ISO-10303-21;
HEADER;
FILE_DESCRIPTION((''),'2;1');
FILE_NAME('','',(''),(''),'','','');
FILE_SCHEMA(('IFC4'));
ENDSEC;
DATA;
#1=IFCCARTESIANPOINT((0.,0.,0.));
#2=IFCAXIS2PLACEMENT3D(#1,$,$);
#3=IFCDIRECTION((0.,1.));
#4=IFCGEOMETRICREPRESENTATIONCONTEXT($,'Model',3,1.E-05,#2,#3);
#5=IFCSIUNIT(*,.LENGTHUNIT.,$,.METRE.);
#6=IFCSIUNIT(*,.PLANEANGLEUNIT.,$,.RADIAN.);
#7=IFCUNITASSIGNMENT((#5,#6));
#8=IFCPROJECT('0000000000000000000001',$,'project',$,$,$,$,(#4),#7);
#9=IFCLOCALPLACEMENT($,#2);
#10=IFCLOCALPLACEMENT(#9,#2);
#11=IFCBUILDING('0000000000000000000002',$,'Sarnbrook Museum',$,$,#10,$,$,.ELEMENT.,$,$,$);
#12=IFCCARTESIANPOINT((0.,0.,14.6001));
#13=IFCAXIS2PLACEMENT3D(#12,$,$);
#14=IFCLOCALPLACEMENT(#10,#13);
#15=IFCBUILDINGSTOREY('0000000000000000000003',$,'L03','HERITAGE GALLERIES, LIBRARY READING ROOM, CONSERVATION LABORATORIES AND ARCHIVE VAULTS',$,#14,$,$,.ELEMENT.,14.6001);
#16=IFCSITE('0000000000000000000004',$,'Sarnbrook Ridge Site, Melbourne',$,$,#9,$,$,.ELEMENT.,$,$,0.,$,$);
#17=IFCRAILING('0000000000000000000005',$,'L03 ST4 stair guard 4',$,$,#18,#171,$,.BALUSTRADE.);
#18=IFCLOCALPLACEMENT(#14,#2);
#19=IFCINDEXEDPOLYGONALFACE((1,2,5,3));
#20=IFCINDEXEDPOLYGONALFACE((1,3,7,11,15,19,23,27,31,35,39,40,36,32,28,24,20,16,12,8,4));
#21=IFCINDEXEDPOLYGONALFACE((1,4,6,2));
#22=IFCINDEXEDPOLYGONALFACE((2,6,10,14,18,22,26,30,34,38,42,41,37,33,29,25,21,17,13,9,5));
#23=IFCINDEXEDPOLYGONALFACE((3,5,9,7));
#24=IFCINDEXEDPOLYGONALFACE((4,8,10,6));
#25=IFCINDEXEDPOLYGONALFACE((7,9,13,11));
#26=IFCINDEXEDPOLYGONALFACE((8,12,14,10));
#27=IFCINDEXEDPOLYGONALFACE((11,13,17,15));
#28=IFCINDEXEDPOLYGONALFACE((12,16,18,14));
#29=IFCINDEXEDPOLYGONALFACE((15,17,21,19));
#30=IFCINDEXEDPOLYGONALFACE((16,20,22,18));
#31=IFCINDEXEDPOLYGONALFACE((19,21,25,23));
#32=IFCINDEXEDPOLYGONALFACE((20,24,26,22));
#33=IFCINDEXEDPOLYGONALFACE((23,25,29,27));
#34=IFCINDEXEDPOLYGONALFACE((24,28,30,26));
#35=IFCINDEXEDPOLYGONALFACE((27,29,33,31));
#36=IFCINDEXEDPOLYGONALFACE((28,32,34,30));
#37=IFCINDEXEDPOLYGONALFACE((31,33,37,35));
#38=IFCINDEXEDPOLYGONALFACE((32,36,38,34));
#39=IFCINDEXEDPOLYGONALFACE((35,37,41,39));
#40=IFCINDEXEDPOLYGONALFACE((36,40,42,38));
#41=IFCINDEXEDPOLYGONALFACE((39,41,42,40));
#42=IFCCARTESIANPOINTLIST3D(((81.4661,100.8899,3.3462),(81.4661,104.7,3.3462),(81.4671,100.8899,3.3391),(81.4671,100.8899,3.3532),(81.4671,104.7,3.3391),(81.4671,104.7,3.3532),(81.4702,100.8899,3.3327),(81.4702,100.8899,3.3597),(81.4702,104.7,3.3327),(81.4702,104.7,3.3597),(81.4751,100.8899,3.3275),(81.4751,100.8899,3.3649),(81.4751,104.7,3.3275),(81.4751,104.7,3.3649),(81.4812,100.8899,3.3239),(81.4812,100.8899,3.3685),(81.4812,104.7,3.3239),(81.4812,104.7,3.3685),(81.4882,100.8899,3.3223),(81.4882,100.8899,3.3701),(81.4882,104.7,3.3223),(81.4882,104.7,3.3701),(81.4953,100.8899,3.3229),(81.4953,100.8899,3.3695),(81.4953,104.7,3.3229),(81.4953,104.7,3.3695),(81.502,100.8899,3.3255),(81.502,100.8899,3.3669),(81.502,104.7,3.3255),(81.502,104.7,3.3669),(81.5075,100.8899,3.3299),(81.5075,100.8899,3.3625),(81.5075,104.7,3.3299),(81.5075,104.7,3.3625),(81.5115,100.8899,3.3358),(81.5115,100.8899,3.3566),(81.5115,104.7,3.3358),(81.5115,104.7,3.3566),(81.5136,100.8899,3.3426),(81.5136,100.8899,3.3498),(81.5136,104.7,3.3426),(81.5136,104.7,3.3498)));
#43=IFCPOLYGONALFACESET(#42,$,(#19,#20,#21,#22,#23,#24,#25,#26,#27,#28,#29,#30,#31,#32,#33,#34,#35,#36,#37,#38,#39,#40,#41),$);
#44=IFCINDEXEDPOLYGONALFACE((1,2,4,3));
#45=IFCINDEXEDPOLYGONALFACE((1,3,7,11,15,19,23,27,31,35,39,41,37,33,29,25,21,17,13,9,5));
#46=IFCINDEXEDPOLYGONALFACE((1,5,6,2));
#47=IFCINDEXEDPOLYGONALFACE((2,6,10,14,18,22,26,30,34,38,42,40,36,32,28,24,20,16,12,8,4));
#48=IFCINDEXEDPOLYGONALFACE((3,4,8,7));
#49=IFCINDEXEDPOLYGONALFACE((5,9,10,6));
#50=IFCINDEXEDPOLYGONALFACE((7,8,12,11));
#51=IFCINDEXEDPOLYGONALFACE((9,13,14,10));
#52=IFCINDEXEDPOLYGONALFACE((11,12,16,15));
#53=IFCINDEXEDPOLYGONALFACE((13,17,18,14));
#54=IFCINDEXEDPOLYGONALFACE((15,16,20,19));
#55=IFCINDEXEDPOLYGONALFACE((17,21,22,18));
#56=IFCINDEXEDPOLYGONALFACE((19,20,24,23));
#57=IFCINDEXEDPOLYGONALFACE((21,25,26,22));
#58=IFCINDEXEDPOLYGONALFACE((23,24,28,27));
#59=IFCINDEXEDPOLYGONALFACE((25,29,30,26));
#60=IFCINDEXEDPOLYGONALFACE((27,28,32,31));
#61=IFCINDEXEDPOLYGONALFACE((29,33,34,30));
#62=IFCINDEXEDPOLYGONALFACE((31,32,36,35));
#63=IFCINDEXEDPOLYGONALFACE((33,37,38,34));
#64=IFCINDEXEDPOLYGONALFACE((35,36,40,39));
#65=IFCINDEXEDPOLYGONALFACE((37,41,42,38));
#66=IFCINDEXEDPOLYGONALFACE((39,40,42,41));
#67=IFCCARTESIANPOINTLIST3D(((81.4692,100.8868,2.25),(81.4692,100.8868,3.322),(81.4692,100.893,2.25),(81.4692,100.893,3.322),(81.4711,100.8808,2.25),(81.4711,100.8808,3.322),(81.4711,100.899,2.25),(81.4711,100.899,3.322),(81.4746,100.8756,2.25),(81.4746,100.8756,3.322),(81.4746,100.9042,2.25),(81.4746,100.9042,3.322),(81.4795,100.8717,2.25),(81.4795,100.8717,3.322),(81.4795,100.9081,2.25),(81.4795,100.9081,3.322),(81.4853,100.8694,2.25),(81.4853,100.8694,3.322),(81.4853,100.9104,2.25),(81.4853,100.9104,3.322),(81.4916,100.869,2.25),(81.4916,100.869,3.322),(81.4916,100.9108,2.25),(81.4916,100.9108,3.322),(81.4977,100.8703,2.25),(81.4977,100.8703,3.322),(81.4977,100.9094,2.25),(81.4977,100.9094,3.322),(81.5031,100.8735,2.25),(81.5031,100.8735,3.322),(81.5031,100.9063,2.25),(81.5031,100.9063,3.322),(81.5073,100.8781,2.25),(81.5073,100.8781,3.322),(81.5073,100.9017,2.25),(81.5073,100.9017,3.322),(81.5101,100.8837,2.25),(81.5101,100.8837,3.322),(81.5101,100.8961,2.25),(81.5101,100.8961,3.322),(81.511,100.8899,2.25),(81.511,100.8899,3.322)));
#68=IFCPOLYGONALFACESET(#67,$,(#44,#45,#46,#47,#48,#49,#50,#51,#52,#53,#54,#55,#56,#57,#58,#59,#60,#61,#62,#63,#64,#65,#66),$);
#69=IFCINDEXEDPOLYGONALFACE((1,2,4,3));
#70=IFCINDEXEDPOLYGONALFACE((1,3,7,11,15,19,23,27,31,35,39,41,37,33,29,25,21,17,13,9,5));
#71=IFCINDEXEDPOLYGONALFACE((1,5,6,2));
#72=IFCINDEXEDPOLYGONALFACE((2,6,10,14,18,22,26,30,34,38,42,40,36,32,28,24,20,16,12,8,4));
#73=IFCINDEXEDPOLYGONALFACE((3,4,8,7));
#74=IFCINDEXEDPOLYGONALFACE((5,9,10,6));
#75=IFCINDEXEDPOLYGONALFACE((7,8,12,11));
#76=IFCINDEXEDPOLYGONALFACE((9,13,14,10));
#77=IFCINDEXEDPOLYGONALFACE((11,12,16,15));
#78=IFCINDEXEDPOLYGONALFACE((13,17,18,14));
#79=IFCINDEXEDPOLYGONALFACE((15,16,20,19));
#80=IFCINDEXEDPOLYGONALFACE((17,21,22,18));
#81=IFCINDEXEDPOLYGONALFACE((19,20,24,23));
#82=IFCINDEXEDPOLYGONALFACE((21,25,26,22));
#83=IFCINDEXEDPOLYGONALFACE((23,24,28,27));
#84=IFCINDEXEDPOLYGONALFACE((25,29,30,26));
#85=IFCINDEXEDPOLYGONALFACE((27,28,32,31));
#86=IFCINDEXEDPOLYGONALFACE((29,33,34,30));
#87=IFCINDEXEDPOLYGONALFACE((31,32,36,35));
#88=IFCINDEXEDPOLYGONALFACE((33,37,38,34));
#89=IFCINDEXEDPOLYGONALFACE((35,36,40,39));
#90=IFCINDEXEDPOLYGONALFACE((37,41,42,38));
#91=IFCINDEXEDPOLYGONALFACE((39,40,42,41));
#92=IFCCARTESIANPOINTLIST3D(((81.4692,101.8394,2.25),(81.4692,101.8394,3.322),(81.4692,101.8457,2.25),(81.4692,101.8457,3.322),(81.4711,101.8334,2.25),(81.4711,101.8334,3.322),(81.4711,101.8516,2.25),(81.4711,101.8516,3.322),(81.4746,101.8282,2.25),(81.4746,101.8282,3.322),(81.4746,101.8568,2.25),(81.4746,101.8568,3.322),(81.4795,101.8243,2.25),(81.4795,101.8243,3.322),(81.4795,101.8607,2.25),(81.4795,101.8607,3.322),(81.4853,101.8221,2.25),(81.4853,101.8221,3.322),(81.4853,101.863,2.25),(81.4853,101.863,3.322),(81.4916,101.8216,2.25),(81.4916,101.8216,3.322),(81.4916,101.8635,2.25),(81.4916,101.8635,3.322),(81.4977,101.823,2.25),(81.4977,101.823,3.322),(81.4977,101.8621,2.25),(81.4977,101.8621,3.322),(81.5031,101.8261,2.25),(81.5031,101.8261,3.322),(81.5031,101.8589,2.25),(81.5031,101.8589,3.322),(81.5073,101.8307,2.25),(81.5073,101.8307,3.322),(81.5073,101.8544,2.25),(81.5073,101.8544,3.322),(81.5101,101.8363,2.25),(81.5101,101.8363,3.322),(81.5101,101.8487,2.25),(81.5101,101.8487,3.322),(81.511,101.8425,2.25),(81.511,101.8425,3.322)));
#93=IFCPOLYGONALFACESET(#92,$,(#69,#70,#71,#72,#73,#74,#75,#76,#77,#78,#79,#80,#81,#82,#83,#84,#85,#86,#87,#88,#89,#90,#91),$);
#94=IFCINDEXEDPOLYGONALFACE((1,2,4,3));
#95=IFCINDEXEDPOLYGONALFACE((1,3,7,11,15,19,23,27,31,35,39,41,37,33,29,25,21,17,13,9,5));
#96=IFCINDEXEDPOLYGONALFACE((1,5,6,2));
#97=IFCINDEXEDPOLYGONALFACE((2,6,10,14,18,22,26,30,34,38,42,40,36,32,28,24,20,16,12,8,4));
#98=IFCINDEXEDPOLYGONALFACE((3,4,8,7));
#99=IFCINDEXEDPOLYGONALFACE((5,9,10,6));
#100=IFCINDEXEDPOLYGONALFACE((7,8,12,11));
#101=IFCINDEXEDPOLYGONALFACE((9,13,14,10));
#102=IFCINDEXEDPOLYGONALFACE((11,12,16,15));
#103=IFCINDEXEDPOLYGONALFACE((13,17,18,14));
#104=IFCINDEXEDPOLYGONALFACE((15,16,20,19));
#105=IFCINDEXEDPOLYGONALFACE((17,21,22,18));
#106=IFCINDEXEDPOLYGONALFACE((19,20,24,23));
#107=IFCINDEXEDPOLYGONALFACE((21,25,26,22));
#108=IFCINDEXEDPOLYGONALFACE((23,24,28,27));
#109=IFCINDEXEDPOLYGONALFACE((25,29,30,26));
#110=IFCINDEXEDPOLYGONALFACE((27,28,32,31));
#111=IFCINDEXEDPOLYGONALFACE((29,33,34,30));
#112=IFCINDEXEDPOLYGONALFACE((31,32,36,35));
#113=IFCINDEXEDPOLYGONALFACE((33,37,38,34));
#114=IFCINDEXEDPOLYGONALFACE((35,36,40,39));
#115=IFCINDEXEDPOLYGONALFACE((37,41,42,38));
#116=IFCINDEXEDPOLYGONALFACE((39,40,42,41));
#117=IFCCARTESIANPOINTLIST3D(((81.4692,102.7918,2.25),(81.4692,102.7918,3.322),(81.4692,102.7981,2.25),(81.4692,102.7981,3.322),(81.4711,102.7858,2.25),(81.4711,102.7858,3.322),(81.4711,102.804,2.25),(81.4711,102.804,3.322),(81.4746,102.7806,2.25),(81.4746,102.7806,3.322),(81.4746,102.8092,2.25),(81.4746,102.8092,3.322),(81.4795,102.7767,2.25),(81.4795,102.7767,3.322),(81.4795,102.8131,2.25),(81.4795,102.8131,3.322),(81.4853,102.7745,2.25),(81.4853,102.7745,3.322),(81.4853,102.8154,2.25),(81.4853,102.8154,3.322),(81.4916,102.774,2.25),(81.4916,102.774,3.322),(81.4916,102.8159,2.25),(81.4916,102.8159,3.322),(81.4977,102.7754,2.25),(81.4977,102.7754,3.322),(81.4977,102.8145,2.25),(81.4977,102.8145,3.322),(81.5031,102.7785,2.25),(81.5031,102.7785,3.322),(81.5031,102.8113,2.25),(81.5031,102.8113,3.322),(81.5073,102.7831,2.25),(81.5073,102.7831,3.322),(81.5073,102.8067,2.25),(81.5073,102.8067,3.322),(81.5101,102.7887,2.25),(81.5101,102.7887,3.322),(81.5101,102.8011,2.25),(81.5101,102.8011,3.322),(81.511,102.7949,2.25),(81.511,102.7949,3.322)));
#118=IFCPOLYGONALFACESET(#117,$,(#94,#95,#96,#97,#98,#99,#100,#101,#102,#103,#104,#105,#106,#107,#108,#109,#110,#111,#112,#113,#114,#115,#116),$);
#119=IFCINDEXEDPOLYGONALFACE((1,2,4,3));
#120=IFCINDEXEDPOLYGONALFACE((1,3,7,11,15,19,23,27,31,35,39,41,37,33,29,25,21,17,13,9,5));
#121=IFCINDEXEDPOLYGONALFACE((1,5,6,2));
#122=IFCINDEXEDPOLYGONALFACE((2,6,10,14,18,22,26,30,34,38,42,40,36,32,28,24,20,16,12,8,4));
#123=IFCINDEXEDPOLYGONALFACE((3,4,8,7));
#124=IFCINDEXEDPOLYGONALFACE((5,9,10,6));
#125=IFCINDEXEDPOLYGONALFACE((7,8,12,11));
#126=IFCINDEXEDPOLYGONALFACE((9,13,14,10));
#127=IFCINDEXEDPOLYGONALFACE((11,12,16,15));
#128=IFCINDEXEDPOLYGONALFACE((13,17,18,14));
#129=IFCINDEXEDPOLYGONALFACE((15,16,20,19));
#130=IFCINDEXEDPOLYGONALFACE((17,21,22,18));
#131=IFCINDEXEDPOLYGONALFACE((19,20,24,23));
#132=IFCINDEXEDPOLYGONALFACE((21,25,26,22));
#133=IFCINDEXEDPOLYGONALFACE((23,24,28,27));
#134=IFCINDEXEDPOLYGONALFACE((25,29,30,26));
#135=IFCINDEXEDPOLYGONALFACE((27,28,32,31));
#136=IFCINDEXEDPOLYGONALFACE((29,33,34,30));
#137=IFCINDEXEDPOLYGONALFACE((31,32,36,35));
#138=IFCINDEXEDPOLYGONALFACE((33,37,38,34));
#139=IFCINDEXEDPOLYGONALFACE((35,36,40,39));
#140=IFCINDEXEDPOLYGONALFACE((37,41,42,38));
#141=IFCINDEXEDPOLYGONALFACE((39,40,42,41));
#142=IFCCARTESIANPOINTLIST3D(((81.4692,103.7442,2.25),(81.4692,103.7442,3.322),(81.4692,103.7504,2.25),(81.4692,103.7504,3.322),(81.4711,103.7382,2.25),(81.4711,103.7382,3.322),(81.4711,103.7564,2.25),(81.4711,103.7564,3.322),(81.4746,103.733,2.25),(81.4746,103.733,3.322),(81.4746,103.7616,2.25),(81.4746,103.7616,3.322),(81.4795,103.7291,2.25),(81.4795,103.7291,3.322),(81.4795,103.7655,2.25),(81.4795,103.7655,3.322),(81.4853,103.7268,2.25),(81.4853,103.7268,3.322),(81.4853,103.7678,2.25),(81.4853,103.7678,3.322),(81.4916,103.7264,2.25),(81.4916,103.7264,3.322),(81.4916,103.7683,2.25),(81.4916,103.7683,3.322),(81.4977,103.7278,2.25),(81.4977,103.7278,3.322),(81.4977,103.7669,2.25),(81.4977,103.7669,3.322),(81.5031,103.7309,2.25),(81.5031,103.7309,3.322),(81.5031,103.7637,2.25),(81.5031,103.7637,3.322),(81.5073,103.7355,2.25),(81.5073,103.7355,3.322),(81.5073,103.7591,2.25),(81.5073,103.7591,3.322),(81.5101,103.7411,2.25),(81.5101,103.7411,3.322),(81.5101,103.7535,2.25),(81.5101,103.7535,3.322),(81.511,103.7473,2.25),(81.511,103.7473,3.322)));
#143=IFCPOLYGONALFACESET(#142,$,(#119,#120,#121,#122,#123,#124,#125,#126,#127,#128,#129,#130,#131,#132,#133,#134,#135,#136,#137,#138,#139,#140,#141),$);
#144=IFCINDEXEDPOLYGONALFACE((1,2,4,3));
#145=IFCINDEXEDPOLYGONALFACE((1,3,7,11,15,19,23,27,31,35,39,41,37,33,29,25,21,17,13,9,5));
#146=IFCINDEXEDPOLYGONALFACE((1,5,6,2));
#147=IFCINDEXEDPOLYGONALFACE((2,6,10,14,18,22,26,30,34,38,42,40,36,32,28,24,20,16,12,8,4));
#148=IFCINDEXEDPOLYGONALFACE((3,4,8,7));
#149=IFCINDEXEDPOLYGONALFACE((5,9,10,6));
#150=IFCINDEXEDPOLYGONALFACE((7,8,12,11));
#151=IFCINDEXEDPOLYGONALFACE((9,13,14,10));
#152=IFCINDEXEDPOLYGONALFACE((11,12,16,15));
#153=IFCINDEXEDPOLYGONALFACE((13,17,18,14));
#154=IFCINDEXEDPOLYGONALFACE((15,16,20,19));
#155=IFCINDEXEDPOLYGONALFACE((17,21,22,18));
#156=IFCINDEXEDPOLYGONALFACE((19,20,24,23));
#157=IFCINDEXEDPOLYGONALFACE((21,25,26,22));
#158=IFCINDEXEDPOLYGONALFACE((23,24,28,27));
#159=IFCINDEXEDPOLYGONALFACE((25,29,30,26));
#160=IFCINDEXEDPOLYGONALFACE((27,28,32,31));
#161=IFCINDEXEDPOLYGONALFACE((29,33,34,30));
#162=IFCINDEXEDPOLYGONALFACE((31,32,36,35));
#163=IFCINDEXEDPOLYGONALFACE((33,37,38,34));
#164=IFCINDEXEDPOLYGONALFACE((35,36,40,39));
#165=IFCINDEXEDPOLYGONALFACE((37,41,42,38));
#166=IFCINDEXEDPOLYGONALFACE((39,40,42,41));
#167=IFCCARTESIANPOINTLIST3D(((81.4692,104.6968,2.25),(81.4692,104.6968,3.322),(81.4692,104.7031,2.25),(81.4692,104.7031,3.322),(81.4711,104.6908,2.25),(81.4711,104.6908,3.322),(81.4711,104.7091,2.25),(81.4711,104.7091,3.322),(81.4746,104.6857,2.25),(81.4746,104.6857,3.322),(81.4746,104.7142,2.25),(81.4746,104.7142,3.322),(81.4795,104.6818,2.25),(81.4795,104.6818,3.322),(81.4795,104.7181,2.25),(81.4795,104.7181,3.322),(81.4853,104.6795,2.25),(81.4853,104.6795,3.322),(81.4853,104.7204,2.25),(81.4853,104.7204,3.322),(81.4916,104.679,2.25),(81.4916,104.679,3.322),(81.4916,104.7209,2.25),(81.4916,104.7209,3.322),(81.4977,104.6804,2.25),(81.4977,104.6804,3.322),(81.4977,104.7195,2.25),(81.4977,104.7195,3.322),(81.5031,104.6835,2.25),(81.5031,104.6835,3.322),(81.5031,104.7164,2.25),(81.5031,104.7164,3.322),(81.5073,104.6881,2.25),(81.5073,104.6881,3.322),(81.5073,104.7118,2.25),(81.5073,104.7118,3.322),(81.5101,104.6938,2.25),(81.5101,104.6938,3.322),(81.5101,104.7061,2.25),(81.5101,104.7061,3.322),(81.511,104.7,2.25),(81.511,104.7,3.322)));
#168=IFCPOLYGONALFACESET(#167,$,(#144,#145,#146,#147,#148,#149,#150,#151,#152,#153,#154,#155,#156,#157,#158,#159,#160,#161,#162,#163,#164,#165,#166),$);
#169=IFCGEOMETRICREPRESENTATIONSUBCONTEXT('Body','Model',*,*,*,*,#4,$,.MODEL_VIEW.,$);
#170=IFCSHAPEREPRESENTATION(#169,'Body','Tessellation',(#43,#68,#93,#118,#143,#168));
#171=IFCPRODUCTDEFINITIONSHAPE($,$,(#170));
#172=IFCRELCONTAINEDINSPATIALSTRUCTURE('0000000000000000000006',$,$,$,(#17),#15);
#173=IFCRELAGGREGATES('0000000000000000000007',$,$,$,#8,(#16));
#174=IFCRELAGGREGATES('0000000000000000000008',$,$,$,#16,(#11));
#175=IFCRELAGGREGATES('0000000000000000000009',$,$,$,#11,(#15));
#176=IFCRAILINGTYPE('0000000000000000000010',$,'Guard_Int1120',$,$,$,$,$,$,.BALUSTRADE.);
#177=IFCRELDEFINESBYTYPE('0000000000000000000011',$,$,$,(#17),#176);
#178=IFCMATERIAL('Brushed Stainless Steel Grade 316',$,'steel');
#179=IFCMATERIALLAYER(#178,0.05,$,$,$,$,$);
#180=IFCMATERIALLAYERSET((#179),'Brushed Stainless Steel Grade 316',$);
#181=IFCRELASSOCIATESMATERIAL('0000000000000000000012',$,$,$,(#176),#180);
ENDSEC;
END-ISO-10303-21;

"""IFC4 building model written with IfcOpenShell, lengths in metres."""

from ifc_helpers import new_model, si_unit, direction, frame, origin, origin_2d, place, context, subcontext, project, spatial, circle, extrude, material, layer, layer_set, type_object, element, save


model = new_model("IFC4")

# Units and contexts
model_context = context("Model", 3, precision=1e-05, world=origin(), true_north=direction((0.0, 1.0)))
body_context = subcontext(model_context, "Body", "Model", "MODEL_VIEW")
ifc_project = project(units=[si_unit("LENGTHUNIT", "METRE"), si_unit("PLANEANGLEUNIT", "RADIAN")], contexts=[model_context])

# Site, building, storey
site_placement = place(None, origin())
site = spatial("IfcSite", under=ifc_project, at=site_placement, Name="Sarnbrook Ridge Site, Melbourne", CompositionType="ELEMENT", RefElevation=0.0)
building_placement = place(site_placement, origin())
building = spatial("IfcBuilding", under=site, at=building_placement, Name="Sarnbrook Museum", CompositionType="ELEMENT")
storey_placement = place(building_placement, frame((0.0, 0.0, 14.6001)))
storey = spatial("IfcBuildingStorey", under=building, at=storey_placement, Name="L03", Description="HERITAGE GALLERIES, LIBRARY READING ROOM, CONSERVATION LABORATORIES AND ARCHIVE VAULTS", CompositionType="ELEMENT", Elevation=14.6001)

# Shared definitions
ifc_material_1 = material(Name="Brushed Stainless Steel Grade 316", Category="steel")

# Railing
ifc_layer_1 = layer(ifc_material_1, 0.05)
ifc_layer_set_1 = layer_set([ifc_layer_1], Name="Brushed Stainless Steel Grade 316")
railing_type_1 = type_object("IfcRailingType", Name="Guard_Int1120", PredefinedType="BALUSTRADE", material=ifc_layer_set_1)
for number, where, name in (
    (1, (81.49, 100.8899, 2.25), "L03 ST4 stair guard 4"),
):
    element("IfcRailing", number, at=place(storey_placement, frame(where)), inside=storey, type_object=railing_type_1, Name=name, PredefinedType="BALUSTRADE", context=body_context, shape_type="SweptSolid", body=[
        extrude(circle(Radius=0.0239, at=origin_2d()), frame((0.0, 0.0, 1.0962), z_axis=(0.0, 1.0, 0.0), x_axis=(-1.0, 0.0, 0.0)), (0.0, 0.0, 1.0), 3.8101),
        extrude(circle(Radius=0.021, at=origin_2d()), origin(), (0.0, 0.0, 1.0), 1.072),
        extrude(circle(Radius=0.021, at=origin_2d()), frame((0.0, 0.9526, 0.0)), (0.0, 0.0, 1.0), 1.072),
        extrude(circle(Radius=0.021, at=origin_2d()), frame((0.0, 1.905, 0.0)), (0.0, 0.0, 1.0), 1.072),
        extrude(circle(Radius=0.021, at=origin_2d()), frame((0.0, 2.8574, 0.0)), (0.0, 0.0, 1.0), 1.072),
        extrude(circle(Radius=0.021, at=origin_2d()), frame((0.0, 3.8101, 0.0)), (0.0, 0.0, 1.0), 1.072),
    ])

save(model, "model.ifc")
